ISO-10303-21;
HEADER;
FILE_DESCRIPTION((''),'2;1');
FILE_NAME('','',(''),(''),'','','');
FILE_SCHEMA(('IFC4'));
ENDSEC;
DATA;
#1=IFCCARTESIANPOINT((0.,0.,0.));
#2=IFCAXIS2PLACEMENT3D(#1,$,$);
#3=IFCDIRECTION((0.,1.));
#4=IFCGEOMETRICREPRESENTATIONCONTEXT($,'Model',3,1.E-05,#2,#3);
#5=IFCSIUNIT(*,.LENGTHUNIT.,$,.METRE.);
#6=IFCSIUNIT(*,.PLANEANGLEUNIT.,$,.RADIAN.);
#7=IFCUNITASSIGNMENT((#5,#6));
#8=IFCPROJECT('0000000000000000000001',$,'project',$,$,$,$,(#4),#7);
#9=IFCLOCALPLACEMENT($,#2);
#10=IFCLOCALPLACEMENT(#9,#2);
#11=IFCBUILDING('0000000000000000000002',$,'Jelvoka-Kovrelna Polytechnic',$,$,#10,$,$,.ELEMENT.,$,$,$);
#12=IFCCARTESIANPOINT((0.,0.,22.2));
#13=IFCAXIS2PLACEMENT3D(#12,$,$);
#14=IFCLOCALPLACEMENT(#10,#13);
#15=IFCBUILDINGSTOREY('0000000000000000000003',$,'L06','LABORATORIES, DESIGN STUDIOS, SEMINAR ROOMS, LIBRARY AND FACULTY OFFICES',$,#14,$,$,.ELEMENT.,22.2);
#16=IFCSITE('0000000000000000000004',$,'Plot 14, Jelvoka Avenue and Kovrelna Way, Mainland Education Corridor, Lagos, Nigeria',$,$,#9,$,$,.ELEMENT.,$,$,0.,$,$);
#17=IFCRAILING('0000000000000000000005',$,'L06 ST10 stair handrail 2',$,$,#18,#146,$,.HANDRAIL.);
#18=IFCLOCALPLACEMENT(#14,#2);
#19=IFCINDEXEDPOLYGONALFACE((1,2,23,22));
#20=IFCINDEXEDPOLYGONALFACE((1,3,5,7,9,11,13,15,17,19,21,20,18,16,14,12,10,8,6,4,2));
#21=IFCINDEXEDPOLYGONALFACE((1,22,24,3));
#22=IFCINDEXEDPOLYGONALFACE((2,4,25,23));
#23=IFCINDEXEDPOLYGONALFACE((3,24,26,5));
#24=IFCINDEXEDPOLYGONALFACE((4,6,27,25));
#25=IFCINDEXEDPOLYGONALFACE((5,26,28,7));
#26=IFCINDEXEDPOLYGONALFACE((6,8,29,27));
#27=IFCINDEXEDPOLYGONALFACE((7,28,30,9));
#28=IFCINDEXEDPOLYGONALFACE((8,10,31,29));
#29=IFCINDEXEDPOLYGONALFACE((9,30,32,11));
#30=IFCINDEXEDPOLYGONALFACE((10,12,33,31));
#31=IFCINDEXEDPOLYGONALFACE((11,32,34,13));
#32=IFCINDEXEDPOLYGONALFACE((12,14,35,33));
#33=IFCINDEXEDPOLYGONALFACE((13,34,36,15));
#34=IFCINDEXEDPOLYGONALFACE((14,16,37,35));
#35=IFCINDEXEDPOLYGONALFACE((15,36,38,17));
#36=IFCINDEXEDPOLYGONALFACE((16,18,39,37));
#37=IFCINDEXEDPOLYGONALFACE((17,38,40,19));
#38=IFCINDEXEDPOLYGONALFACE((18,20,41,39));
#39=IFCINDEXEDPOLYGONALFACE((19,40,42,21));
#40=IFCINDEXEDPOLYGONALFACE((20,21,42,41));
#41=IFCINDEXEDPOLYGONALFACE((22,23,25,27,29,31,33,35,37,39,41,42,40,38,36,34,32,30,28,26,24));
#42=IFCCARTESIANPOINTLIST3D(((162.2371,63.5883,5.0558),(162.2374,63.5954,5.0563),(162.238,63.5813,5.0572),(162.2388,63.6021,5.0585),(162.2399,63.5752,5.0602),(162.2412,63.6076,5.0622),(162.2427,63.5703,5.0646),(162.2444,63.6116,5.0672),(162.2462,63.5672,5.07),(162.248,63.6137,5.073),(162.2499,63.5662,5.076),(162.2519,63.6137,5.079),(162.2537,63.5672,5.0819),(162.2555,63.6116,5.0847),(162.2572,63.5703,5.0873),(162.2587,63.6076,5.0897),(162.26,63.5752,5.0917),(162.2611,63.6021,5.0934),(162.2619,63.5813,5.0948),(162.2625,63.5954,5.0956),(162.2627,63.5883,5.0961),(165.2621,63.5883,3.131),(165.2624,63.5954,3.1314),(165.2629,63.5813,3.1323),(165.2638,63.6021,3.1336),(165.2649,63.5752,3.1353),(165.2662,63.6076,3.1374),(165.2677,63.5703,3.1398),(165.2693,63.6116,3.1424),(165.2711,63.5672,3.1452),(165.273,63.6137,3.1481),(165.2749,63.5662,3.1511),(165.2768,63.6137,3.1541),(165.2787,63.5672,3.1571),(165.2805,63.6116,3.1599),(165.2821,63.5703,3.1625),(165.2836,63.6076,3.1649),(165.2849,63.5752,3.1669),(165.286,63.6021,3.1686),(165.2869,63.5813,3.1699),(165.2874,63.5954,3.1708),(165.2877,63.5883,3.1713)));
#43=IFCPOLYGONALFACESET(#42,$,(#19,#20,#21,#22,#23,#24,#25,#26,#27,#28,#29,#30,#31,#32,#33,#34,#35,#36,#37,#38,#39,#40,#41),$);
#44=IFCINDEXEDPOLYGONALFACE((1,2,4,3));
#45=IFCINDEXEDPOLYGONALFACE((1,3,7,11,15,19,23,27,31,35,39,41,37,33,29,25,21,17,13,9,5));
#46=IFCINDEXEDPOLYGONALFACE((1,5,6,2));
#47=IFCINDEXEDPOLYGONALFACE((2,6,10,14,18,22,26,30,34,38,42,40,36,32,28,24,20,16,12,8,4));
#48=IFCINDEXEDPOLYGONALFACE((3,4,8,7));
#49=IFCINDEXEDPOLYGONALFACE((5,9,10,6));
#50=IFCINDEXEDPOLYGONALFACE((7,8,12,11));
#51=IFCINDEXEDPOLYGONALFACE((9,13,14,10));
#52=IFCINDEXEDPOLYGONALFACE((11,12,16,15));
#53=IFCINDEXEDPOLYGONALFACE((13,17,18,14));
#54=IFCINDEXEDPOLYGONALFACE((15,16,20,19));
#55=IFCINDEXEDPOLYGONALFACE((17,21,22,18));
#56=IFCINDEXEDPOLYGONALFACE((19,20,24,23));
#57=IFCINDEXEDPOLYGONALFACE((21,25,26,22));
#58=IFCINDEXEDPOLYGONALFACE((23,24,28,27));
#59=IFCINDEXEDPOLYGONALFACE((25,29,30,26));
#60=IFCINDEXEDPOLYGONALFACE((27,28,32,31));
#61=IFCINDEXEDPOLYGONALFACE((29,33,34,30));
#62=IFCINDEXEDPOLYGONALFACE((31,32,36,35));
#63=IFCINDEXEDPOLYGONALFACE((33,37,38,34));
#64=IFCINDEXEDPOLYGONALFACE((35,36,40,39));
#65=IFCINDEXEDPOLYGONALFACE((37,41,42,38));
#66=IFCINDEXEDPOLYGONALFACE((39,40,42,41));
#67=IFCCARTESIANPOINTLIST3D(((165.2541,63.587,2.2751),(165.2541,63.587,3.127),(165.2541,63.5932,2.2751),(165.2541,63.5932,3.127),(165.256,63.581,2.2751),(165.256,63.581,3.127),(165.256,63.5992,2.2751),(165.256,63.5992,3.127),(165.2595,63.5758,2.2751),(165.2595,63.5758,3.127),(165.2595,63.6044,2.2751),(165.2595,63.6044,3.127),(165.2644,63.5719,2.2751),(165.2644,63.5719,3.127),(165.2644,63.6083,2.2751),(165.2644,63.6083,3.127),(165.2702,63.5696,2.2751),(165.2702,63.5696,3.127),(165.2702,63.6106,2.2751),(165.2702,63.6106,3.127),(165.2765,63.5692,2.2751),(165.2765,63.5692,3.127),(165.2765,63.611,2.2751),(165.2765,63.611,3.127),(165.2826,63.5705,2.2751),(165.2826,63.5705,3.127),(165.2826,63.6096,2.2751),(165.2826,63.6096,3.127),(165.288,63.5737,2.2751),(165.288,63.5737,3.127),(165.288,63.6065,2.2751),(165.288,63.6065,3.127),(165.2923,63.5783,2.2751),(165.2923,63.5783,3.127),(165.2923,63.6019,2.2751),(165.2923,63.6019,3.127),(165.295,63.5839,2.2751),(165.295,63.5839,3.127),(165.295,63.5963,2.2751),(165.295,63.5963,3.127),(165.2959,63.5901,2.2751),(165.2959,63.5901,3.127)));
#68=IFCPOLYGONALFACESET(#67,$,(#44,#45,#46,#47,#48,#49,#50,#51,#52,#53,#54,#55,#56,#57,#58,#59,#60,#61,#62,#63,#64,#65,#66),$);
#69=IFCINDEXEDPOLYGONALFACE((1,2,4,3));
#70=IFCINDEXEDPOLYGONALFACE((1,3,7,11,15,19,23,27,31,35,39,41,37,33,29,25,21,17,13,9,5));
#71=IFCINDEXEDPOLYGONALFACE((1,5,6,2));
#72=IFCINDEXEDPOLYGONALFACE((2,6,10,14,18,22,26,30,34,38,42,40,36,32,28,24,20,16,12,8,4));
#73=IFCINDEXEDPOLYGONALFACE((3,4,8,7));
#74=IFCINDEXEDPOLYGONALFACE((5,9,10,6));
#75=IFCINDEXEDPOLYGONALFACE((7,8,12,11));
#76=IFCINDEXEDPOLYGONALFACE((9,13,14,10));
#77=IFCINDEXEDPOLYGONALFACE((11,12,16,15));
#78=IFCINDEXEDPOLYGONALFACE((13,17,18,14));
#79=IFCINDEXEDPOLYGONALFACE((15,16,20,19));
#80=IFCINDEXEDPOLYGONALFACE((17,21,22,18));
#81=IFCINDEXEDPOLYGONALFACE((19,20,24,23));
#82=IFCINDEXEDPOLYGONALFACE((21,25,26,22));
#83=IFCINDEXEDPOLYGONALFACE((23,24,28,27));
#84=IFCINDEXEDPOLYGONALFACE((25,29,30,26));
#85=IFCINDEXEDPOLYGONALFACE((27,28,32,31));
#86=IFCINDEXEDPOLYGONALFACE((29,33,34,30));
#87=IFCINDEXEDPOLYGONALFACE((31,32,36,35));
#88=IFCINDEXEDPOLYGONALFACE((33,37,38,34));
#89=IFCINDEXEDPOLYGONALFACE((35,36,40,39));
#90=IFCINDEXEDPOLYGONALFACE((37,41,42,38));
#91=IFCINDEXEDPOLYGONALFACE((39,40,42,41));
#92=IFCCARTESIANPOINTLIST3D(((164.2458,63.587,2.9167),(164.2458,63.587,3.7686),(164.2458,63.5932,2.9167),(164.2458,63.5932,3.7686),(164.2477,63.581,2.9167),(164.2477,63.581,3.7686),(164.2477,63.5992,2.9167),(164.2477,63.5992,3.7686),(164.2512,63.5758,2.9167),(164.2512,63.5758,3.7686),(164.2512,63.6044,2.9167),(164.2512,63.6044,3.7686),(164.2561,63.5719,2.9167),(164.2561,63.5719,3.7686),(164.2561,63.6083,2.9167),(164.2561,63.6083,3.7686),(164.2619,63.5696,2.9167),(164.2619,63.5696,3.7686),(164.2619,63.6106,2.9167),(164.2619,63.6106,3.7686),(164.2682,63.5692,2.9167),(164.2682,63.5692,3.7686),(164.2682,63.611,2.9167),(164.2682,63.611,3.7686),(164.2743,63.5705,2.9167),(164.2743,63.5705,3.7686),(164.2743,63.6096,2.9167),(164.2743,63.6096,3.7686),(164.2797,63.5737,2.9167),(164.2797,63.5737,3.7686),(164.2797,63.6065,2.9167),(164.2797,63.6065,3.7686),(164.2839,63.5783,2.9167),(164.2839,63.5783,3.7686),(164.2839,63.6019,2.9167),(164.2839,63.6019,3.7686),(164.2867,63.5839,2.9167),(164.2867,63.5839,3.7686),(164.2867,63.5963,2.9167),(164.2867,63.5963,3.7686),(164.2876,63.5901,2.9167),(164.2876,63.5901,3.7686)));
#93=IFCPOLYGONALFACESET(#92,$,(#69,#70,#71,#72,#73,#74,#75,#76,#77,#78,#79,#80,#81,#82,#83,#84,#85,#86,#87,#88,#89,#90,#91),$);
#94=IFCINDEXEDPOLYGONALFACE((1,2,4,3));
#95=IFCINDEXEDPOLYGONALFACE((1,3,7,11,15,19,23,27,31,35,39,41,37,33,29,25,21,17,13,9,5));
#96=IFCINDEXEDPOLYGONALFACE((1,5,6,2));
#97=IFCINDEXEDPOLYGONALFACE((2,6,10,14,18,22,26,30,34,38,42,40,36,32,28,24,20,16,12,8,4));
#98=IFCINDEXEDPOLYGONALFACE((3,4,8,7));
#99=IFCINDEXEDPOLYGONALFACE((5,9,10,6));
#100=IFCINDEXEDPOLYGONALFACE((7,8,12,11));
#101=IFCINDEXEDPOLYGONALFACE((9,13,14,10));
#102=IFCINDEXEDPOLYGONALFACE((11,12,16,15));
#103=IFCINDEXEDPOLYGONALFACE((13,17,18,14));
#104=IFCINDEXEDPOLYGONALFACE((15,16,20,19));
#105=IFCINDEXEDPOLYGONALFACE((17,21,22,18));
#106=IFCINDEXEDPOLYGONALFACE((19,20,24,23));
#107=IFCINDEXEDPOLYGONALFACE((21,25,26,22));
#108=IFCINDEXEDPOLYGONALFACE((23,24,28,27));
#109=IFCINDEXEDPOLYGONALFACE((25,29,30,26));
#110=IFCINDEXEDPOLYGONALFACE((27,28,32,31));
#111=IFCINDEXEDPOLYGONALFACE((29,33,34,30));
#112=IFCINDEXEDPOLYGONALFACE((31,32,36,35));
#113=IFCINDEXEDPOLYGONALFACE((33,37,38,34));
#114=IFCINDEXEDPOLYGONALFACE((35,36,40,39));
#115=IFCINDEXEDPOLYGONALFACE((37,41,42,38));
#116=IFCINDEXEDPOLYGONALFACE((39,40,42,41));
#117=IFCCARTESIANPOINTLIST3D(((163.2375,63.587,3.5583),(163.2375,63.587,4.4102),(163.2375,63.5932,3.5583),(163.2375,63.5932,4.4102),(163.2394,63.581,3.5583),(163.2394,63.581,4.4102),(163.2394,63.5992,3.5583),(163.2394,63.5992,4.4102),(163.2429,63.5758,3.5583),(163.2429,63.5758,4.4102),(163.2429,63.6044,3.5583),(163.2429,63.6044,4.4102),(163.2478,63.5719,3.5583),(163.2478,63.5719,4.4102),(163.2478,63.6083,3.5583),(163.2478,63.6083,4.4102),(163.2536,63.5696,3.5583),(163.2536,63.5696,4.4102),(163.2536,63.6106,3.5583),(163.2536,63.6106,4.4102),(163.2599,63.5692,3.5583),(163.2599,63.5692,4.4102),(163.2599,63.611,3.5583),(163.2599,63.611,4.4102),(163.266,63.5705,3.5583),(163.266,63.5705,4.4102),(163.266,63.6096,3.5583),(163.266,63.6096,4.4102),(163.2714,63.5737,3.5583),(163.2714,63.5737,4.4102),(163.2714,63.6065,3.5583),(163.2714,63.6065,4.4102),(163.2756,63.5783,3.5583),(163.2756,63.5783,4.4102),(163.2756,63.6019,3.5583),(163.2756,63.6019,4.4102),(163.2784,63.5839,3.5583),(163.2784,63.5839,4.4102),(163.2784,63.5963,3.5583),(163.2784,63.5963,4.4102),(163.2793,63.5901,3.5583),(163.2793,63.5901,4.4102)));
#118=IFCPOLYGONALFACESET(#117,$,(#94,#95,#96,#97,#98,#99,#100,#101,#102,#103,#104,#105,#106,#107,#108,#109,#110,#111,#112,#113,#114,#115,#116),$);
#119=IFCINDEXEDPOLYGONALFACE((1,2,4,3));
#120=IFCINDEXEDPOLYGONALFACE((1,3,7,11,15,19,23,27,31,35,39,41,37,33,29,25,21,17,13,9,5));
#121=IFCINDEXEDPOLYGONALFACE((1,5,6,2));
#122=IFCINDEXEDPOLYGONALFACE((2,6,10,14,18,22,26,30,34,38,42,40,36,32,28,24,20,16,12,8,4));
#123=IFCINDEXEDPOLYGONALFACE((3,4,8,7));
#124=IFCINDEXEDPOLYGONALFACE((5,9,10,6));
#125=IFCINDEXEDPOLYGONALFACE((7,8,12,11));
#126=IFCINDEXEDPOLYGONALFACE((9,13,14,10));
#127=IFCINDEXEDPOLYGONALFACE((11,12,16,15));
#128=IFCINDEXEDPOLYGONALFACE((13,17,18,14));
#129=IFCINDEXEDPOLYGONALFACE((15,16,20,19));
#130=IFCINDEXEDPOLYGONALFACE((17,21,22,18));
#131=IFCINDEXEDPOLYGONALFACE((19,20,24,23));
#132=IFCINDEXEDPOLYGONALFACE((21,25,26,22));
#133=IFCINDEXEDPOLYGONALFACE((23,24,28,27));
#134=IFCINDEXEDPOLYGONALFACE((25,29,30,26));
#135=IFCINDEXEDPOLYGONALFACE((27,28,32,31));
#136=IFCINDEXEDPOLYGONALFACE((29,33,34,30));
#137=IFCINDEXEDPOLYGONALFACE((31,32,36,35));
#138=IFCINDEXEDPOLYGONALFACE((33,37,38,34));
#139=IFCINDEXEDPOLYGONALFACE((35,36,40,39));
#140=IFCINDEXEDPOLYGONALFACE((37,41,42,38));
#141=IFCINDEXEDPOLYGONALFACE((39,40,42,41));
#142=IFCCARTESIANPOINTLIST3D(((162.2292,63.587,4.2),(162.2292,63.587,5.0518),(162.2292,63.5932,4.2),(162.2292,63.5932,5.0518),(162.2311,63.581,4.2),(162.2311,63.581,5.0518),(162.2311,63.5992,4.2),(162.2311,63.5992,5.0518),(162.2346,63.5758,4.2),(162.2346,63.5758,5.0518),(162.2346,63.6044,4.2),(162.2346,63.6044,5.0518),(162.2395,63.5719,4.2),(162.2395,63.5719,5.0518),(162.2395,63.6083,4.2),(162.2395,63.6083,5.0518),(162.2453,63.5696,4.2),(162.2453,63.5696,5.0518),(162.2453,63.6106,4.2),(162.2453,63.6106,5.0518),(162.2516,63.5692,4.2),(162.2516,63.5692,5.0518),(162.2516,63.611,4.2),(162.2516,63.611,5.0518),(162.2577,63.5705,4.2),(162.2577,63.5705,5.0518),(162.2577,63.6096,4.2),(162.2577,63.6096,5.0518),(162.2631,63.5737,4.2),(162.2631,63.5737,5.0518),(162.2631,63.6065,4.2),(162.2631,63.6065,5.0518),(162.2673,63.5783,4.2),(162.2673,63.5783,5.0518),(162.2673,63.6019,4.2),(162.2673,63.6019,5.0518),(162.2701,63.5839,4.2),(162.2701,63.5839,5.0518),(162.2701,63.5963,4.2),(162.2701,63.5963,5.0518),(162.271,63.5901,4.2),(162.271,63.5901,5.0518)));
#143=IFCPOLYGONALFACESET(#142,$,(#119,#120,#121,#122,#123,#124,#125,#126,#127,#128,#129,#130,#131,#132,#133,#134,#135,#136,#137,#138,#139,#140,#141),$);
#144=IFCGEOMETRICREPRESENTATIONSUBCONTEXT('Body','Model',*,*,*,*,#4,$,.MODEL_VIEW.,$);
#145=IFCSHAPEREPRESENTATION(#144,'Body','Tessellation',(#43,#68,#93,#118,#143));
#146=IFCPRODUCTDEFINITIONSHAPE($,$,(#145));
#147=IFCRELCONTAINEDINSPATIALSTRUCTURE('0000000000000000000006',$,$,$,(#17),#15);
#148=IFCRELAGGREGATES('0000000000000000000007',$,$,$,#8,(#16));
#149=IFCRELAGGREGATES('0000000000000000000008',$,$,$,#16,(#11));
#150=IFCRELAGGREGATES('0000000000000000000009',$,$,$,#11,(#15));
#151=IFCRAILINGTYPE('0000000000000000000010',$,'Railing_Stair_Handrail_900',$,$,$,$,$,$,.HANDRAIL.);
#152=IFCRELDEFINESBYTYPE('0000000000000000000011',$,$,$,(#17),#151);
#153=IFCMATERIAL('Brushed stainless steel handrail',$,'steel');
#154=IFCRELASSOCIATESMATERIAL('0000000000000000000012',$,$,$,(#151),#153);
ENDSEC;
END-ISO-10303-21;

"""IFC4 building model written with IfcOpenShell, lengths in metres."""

from ifc_helpers import new_model, si_unit, direction, frame, origin, origin_2d, place, context, subcontext, project, spatial, circle, extrude, material, type_object, element, save


model = new_model("IFC4")

# Units and contexts
model_context = context("Model", 3, precision=1e-05, world=origin(), true_north=direction((0.0, 1.0)))
body_context = subcontext(model_context, "Body", "Model", "MODEL_VIEW")
ifc_project = project(units=[si_unit("LENGTHUNIT", "METRE"), si_unit("PLANEANGLEUNIT", "RADIAN")], contexts=[model_context])

# Site, building, storey
site_placement = place(None, origin())
site = spatial("IfcSite", under=ifc_project, at=site_placement, Name="Plot 14, Jelvoka Avenue and Kovrelna Way, Mainland Education Corridor, Lagos, Nigeria", CompositionType="ELEMENT", RefElevation=0.0)
building_placement = place(site_placement, origin())
building = spatial("IfcBuilding", under=site, at=building_placement, Name="Jelvoka-Kovrelna Polytechnic", CompositionType="ELEMENT")
storey_placement = place(building_placement, frame((0.0, 0.0, 22.2)))
storey = spatial("IfcBuildingStorey", under=building, at=storey_placement, Name="L06", Description="LABORATORIES, DESIGN STUDIOS, SEMINAR ROOMS, LIBRARY AND FACULTY OFFICES", CompositionType="ELEMENT", Elevation=22.2)

# Railing
ifc_material_1 = material(Name="Brushed stainless steel handrail", Category="steel")
railing_type_1 = type_object("IfcRailingType", Name="Railing_Stair_Handrail_900", PredefinedType="HANDRAIL", material=ifc_material_1)
railing_1_placement = place(storey_placement, frame((165.2749, 63.5901, 2.2751)))
element("IfcRailing", 1, at=railing_1_placement, inside=storey, type_object=railing_type_1, Name="L06 ST10 stair handrail 2", PredefinedType="HANDRAIL", context=body_context, shape_type="SweptSolid", body=[
    extrude(circle(Radius=0.0239, at=origin_2d()), frame((0.0, 0.0, 0.876), z_axis=(-0.843678, 0.0, 0.536849), x_axis=(0.0, -1.0, 0.0)), (0.0, 0.0, 1.0), 3.5854),
    extrude(circle(Radius=0.021, at=origin_2d()), origin(), (0.0, 0.0, 1.0), 0.8518),
    extrude(circle(Radius=0.021, at=origin_2d()), frame((-1.0083, 0.0, 0.6416)), (0.0, 0.0, 1.0), 0.8518),
    extrude(circle(Radius=0.021, at=origin_2d()), frame((-2.0166, 0.0, 1.2832)), (0.0, 0.0, 1.0), 0.8518),
    extrude(circle(Radius=0.021, at=origin_2d()), frame((-3.0249, 0.0, 1.9248)), (0.0, 0.0, 1.0), 0.8518),
])

save(model, "model.ifc")
